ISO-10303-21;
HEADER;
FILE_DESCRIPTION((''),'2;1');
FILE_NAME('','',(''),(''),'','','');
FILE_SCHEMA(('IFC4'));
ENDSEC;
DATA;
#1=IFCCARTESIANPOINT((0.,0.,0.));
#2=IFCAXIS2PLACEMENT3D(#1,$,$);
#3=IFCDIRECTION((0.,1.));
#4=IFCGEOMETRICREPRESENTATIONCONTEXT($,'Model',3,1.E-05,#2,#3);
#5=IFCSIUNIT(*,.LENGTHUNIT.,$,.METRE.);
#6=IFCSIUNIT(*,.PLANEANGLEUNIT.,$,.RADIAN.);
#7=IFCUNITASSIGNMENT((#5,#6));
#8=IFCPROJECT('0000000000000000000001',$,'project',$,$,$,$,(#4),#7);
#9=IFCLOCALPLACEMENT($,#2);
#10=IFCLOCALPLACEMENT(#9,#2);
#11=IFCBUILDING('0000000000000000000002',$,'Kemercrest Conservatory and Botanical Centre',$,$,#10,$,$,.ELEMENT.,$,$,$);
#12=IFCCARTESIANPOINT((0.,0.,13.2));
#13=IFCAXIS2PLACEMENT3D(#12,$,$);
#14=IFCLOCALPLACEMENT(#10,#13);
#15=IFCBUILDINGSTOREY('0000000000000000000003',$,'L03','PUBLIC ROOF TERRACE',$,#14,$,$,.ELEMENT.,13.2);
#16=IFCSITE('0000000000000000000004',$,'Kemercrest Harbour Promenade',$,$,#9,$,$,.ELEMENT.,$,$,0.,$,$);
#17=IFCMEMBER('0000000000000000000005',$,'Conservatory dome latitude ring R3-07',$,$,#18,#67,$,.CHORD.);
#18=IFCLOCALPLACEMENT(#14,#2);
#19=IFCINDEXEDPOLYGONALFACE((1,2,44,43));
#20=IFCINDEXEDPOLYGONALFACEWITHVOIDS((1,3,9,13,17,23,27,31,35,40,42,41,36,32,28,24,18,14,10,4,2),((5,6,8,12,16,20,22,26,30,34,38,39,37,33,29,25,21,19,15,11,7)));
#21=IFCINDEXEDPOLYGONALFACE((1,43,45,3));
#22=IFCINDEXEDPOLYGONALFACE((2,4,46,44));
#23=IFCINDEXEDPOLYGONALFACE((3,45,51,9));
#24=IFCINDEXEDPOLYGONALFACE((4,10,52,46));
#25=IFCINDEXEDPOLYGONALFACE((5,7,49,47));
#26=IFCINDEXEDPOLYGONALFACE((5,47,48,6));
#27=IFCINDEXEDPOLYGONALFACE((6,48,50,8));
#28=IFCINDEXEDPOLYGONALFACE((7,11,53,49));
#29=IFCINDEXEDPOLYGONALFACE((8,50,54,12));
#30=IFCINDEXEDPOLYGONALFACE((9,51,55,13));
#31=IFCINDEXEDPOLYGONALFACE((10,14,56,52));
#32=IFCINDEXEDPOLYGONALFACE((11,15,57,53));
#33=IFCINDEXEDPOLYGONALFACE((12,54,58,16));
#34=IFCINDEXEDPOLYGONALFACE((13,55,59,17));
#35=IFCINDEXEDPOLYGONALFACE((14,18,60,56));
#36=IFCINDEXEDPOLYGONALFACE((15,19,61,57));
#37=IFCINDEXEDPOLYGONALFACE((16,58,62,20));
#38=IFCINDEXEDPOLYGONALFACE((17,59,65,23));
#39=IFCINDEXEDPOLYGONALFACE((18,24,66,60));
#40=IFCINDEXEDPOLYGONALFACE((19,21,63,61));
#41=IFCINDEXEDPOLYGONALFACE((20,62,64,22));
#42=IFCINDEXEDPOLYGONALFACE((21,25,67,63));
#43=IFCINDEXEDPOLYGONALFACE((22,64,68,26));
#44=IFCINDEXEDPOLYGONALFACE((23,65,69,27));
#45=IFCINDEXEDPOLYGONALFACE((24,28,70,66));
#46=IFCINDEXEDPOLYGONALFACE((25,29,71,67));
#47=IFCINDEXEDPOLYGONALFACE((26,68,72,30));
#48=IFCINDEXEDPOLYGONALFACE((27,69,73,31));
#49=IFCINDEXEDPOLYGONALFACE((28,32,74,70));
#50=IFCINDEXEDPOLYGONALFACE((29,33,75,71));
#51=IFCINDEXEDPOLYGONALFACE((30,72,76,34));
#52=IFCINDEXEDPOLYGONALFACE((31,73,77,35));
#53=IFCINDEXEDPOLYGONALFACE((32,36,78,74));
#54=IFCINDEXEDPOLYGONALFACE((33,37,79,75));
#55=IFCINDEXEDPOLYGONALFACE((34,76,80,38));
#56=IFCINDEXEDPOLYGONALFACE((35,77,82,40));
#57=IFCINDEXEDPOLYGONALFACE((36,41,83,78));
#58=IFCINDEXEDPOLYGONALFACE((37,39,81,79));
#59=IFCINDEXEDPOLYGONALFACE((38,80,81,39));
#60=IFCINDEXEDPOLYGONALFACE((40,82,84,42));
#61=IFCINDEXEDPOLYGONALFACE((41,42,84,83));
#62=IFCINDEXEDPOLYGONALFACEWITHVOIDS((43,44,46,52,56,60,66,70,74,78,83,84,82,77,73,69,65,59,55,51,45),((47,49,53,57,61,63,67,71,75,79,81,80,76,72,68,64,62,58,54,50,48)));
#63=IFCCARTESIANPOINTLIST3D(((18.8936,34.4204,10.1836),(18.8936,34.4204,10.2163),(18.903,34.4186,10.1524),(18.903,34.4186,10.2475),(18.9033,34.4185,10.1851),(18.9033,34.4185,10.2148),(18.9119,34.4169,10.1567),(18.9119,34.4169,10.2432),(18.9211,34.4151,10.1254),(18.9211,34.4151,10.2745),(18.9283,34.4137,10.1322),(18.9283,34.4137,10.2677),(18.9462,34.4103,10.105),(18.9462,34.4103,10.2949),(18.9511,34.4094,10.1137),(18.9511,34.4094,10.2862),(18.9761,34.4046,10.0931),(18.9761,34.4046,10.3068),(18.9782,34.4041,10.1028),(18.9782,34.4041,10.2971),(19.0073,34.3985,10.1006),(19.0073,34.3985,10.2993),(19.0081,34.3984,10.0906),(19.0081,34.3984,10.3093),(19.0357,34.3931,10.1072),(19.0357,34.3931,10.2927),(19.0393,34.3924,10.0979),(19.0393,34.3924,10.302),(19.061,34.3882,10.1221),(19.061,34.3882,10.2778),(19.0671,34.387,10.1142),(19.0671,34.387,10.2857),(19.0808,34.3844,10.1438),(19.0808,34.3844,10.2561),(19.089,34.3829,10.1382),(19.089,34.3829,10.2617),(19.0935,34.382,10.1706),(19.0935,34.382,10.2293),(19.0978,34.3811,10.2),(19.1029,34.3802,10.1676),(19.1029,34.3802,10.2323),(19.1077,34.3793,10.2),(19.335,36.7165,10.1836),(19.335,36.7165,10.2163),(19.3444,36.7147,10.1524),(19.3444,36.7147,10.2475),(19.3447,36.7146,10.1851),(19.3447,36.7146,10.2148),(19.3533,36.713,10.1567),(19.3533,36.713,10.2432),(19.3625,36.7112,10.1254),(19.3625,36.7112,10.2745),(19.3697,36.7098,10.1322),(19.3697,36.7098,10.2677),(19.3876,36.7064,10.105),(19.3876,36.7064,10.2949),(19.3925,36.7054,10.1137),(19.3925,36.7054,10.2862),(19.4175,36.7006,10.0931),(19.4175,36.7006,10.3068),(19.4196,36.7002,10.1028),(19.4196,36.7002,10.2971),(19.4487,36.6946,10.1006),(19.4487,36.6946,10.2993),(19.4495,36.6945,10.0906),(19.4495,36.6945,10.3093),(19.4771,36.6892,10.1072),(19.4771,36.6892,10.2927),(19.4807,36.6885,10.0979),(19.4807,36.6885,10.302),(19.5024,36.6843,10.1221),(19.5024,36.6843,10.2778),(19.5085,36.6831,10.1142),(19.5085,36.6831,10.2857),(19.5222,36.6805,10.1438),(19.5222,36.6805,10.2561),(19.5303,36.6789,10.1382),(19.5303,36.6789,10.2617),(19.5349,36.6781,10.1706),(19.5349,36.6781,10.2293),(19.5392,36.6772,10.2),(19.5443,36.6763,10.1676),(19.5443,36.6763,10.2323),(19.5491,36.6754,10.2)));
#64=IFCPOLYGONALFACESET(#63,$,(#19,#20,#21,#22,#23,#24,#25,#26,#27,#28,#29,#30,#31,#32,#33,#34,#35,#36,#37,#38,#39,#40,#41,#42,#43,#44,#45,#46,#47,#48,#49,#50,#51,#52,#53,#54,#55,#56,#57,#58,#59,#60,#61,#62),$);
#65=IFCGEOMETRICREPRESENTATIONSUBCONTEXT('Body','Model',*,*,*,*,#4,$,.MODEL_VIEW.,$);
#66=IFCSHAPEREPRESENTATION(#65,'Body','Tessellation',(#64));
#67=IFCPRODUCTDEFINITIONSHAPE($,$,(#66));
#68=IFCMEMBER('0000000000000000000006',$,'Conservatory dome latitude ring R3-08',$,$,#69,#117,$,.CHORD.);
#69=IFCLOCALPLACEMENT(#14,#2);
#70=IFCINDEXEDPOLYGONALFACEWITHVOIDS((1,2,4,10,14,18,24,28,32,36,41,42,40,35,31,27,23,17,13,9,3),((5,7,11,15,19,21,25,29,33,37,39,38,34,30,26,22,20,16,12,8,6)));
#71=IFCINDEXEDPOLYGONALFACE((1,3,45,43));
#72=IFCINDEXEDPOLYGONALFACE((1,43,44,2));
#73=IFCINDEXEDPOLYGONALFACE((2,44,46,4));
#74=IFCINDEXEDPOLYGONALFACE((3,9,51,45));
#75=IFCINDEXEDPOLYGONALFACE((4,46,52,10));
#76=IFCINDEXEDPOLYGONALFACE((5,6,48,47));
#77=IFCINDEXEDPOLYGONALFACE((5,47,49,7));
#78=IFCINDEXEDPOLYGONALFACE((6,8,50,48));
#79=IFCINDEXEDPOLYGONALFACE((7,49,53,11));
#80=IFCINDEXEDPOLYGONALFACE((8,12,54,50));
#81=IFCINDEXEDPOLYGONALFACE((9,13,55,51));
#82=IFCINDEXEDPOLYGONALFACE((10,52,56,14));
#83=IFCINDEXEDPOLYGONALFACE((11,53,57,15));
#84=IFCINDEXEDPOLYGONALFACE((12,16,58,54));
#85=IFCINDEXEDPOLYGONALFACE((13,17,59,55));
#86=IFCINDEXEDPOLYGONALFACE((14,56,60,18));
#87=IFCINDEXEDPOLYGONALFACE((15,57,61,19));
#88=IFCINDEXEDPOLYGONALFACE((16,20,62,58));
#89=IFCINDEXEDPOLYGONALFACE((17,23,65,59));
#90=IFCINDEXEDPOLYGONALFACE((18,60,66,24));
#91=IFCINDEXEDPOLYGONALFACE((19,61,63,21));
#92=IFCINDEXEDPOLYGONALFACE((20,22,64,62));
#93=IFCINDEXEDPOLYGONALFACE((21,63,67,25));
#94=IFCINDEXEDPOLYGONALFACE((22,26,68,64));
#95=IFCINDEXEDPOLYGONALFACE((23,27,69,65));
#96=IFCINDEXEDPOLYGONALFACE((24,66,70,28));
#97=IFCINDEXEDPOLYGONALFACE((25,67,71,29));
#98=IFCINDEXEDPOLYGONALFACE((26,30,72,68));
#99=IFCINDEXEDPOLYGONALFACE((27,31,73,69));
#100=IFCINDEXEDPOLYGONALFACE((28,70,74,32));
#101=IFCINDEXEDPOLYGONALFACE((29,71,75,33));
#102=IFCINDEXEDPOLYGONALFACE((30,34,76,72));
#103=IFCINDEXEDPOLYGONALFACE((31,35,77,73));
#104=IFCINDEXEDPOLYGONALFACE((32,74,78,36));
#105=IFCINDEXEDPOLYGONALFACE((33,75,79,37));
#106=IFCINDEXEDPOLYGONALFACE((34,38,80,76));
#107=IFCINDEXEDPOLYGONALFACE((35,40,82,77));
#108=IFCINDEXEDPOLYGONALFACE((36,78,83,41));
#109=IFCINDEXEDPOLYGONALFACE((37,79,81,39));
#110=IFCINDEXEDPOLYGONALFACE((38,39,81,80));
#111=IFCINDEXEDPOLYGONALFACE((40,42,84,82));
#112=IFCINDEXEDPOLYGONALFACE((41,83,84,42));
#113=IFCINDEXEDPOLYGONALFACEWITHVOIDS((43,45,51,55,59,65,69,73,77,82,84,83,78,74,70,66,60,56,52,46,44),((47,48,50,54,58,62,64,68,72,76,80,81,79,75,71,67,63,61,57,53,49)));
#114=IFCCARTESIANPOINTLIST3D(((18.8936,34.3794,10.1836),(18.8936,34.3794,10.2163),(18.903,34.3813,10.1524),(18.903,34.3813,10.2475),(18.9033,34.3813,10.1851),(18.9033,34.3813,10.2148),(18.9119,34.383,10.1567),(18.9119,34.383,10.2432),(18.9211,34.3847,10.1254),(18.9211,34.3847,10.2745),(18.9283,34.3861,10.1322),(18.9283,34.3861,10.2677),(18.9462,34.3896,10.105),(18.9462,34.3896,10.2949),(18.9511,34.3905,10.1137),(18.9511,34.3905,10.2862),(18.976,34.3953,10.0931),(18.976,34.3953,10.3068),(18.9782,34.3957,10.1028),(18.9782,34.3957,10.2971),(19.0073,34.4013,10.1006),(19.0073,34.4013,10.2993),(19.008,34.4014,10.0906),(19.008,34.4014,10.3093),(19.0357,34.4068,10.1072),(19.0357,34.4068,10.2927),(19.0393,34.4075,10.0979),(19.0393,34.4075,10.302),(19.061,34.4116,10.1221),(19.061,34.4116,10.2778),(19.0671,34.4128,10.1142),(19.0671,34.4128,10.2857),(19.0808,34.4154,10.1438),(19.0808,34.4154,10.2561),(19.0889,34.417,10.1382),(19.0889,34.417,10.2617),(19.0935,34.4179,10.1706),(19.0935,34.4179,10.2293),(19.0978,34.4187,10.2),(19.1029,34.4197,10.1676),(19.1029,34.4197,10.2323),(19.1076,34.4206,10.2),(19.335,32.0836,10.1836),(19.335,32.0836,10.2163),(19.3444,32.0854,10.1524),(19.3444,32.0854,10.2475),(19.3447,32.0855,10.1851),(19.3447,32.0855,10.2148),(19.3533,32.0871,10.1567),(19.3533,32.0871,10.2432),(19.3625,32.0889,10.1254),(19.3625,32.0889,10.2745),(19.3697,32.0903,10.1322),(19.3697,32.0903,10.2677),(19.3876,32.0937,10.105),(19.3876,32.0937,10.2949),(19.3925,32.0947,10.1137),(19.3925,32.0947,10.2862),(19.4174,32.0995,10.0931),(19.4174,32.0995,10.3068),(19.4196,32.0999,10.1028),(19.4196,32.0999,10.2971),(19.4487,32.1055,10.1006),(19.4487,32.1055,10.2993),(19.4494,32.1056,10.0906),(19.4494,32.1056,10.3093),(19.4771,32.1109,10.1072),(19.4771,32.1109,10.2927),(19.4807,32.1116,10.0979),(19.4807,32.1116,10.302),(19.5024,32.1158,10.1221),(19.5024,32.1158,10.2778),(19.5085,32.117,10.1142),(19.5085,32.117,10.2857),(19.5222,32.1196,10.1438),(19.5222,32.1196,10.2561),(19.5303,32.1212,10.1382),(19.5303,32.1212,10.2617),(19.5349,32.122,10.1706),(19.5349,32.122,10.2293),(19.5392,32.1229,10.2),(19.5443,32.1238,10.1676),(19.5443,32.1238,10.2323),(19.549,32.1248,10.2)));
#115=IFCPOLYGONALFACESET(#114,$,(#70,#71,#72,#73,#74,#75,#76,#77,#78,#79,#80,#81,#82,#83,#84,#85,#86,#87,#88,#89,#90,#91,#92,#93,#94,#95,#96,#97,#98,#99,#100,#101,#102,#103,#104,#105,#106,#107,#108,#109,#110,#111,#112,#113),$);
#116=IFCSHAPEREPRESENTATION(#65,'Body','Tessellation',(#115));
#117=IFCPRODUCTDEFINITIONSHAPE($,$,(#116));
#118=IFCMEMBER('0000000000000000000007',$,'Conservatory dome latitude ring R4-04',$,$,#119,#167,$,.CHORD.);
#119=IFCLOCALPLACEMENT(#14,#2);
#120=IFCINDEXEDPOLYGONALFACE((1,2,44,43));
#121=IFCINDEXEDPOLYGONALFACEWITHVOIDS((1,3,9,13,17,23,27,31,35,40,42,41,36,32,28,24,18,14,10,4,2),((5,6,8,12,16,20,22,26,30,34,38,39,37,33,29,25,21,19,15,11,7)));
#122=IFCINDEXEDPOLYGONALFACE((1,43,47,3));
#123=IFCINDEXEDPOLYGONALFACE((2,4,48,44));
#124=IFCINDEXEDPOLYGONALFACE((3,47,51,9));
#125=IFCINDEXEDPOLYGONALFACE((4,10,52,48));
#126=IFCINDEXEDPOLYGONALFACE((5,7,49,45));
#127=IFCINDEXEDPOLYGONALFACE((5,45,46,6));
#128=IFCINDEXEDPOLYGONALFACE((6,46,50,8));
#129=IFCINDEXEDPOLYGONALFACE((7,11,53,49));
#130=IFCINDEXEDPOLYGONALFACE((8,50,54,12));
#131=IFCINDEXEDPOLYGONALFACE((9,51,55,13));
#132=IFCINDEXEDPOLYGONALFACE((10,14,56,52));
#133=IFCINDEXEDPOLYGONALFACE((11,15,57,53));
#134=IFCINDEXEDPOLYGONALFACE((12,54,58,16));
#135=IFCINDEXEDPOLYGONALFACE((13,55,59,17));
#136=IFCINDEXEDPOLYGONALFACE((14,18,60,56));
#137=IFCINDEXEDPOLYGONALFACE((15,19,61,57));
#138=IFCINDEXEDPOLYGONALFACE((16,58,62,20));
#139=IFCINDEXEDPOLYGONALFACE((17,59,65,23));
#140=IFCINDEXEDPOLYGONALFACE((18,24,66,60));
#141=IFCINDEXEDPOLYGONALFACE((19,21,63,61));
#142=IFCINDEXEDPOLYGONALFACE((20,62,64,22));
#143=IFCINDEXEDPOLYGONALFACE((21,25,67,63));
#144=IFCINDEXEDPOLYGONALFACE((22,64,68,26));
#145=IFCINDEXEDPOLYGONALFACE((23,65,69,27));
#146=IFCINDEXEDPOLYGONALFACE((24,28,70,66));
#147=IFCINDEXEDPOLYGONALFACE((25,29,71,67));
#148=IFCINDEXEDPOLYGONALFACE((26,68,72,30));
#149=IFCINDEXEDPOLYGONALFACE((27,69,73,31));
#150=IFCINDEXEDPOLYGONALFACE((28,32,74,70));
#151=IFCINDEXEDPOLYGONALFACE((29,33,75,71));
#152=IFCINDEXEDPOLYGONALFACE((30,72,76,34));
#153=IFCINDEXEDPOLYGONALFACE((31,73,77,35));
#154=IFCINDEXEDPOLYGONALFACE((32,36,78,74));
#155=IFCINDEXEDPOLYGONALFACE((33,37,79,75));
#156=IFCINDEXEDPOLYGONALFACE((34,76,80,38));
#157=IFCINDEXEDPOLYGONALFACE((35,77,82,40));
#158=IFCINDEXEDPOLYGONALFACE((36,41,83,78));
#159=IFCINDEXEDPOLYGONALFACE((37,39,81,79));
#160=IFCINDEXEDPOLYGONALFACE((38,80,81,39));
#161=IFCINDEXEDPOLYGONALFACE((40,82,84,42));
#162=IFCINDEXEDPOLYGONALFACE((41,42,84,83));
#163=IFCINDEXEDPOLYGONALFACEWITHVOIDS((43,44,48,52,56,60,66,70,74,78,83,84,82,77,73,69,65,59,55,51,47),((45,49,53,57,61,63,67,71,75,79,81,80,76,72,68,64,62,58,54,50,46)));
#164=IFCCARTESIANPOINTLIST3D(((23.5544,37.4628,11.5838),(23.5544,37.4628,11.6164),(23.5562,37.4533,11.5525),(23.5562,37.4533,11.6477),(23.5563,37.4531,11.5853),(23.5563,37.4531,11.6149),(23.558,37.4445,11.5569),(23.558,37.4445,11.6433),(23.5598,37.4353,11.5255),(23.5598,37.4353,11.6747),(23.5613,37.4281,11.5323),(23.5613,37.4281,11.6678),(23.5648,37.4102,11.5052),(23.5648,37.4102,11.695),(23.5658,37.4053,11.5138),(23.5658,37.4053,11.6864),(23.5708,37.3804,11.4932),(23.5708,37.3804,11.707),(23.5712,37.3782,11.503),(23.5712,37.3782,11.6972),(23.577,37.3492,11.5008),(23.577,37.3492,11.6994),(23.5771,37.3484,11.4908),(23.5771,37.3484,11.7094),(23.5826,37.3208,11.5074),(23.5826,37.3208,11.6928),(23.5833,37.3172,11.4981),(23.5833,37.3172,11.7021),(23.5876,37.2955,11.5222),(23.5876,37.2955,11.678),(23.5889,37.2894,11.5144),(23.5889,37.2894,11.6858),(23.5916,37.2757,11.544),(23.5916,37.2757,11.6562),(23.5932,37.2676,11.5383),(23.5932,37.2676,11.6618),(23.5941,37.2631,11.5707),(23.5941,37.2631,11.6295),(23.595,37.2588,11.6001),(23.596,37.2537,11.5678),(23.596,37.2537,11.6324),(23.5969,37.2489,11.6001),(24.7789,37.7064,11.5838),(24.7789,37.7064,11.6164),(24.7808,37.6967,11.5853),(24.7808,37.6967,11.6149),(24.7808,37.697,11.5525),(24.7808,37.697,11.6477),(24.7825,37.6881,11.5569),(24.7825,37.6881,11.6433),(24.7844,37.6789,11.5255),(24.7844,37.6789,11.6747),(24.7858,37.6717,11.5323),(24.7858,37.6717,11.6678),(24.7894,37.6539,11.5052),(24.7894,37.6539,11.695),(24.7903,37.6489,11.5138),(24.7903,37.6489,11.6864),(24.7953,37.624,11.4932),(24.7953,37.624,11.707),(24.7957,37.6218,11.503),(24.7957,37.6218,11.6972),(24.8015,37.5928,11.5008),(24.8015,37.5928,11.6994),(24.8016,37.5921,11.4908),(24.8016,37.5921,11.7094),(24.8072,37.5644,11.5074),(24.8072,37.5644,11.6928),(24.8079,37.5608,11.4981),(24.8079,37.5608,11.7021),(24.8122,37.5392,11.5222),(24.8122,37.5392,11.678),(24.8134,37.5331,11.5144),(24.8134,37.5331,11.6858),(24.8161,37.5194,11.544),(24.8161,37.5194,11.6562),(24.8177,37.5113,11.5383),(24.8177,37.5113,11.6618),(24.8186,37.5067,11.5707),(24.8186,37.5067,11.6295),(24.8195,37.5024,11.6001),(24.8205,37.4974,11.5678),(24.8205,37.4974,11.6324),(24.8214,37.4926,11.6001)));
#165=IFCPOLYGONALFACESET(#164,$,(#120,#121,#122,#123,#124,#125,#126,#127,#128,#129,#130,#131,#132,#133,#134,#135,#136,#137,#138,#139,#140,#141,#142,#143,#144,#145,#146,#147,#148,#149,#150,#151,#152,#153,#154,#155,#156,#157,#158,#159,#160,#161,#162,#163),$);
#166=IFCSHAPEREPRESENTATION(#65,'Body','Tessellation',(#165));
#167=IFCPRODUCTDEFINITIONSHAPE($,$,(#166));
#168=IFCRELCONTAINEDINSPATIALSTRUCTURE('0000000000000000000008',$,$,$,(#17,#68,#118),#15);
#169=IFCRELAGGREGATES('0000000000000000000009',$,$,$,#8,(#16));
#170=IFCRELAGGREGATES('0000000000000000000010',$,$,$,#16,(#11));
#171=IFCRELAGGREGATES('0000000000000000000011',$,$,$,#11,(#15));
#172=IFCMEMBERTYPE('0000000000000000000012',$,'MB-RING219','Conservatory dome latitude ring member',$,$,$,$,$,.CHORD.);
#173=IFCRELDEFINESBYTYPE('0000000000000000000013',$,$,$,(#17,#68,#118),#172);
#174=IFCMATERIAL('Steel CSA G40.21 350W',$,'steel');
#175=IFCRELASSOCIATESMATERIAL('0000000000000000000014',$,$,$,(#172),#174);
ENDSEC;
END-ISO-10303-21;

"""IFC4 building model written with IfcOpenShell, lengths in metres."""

from ifc_helpers import new_model, si_unit, direction, frame, origin, origin_2d, place, context, subcontext, project, spatial, hollow_circle, extrude, material, material_profile, profile_set, type_object, element, save


model = new_model("IFC4")

# Units and contexts
model_context = context("Model", 3, precision=1e-05, world=origin(), true_north=direction((0.0, 1.0)))
body_context = subcontext(model_context, "Body", "Model", "MODEL_VIEW")
ifc_project = project(units=[si_unit("LENGTHUNIT", "METRE"), si_unit("PLANEANGLEUNIT", "RADIAN")], contexts=[model_context])

# Site, building, storey
site_placement = place(None, origin())
site = spatial("IfcSite", under=ifc_project, at=site_placement, Name="Kemercrest Harbour Promenade", CompositionType="ELEMENT", RefElevation=0.0)
building_placement = place(site_placement, origin())
building = spatial("IfcBuilding", under=site, at=building_placement, Name="Kemercrest Conservatory and Botanical Centre", CompositionType="ELEMENT")
storey_placement = place(building_placement, frame((0.0, 0.0, 13.2)))
storey = spatial("IfcBuildingStorey", under=building, at=storey_placement, Name="L03", Description="PUBLIC ROOF TERRACE", CompositionType="ELEMENT", Elevation=13.2)

# Shared definitions
ifc_material_1 = material(Name="Steel CSA G40.21 350W", Category="steel")

# Members
ifc_material_profile_1 = material_profile(ifc_material_1, hollow_circle(Radius=0.1096, WallThickness=0.01, at=origin_2d()), Name="CHS 219.1x10.0")
ifc_profile_set_1 = profile_set([ifc_material_profile_1], Name="Steel CSA G40.21 350W")
member_type_1 = type_object("IfcMemberType", Name="MB-RING219", Description="Conservatory dome latitude ring member", PredefinedType="CHORD", material=ifc_profile_set_1)
member_1_placement = place(storey_placement, frame((19.4414, 36.696, 10.2), z_axis=(-0.188782, -0.982019, 0.0), x_axis=(0.982019, -0.188782, 0.0)))
element("IfcMember", 1, at=member_1_placement, inside=storey, type_object=member_type_1, Name="Conservatory dome latitude ring R3-07", PredefinedType="CHORD", context=body_context, shape_type="SweptSolid", body=[
    extrude(hollow_circle(Radius=0.1096, WallThickness=0.01, at=origin_2d()), origin(), (0.0, 0.0, 1.0), 2.3381),
])
member_2_placement = place(storey_placement, frame((19.0, 34.3999, 10.2), z_axis=(0.188801, -0.982015, 0.0), x_axis=(0.982015, 0.188801, 0.0)))
element("IfcMember", 2, at=member_2_placement, inside=storey, type_object=member_type_1, Name="Conservatory dome latitude ring R3-08", PredefinedType="CHORD", context=body_context, shape_type="SweptSolid", body=[
    extrude(hollow_circle(Radius=0.1096, WallThickness=0.01, at=origin_2d()), origin(), (0.0, 0.0, 1.0), 2.3379),
])
for number, where, z_axis, x_axis, name in (
    (3, (24.8, 37.6001, 11.6001), (-0.980776, -0.195138, 0.0), (0.195138, -0.980776, 0.0), "Conservatory dome latitude ring R4-04"),
):
    element("IfcMember", number, at=place(storey_placement, frame(where, z_axis=z_axis, x_axis=x_axis)), inside=storey, type_object=member_type_1, Name=name, PredefinedType="CHORD", context=body_context, shape_type="SweptSolid", body=[
        extrude(hollow_circle(Radius=0.1096, WallThickness=0.01, at=origin_2d()), origin(), (0.0, 0.0, 1.0), 1.2485),
    ])

save(model, "model.ifc")
